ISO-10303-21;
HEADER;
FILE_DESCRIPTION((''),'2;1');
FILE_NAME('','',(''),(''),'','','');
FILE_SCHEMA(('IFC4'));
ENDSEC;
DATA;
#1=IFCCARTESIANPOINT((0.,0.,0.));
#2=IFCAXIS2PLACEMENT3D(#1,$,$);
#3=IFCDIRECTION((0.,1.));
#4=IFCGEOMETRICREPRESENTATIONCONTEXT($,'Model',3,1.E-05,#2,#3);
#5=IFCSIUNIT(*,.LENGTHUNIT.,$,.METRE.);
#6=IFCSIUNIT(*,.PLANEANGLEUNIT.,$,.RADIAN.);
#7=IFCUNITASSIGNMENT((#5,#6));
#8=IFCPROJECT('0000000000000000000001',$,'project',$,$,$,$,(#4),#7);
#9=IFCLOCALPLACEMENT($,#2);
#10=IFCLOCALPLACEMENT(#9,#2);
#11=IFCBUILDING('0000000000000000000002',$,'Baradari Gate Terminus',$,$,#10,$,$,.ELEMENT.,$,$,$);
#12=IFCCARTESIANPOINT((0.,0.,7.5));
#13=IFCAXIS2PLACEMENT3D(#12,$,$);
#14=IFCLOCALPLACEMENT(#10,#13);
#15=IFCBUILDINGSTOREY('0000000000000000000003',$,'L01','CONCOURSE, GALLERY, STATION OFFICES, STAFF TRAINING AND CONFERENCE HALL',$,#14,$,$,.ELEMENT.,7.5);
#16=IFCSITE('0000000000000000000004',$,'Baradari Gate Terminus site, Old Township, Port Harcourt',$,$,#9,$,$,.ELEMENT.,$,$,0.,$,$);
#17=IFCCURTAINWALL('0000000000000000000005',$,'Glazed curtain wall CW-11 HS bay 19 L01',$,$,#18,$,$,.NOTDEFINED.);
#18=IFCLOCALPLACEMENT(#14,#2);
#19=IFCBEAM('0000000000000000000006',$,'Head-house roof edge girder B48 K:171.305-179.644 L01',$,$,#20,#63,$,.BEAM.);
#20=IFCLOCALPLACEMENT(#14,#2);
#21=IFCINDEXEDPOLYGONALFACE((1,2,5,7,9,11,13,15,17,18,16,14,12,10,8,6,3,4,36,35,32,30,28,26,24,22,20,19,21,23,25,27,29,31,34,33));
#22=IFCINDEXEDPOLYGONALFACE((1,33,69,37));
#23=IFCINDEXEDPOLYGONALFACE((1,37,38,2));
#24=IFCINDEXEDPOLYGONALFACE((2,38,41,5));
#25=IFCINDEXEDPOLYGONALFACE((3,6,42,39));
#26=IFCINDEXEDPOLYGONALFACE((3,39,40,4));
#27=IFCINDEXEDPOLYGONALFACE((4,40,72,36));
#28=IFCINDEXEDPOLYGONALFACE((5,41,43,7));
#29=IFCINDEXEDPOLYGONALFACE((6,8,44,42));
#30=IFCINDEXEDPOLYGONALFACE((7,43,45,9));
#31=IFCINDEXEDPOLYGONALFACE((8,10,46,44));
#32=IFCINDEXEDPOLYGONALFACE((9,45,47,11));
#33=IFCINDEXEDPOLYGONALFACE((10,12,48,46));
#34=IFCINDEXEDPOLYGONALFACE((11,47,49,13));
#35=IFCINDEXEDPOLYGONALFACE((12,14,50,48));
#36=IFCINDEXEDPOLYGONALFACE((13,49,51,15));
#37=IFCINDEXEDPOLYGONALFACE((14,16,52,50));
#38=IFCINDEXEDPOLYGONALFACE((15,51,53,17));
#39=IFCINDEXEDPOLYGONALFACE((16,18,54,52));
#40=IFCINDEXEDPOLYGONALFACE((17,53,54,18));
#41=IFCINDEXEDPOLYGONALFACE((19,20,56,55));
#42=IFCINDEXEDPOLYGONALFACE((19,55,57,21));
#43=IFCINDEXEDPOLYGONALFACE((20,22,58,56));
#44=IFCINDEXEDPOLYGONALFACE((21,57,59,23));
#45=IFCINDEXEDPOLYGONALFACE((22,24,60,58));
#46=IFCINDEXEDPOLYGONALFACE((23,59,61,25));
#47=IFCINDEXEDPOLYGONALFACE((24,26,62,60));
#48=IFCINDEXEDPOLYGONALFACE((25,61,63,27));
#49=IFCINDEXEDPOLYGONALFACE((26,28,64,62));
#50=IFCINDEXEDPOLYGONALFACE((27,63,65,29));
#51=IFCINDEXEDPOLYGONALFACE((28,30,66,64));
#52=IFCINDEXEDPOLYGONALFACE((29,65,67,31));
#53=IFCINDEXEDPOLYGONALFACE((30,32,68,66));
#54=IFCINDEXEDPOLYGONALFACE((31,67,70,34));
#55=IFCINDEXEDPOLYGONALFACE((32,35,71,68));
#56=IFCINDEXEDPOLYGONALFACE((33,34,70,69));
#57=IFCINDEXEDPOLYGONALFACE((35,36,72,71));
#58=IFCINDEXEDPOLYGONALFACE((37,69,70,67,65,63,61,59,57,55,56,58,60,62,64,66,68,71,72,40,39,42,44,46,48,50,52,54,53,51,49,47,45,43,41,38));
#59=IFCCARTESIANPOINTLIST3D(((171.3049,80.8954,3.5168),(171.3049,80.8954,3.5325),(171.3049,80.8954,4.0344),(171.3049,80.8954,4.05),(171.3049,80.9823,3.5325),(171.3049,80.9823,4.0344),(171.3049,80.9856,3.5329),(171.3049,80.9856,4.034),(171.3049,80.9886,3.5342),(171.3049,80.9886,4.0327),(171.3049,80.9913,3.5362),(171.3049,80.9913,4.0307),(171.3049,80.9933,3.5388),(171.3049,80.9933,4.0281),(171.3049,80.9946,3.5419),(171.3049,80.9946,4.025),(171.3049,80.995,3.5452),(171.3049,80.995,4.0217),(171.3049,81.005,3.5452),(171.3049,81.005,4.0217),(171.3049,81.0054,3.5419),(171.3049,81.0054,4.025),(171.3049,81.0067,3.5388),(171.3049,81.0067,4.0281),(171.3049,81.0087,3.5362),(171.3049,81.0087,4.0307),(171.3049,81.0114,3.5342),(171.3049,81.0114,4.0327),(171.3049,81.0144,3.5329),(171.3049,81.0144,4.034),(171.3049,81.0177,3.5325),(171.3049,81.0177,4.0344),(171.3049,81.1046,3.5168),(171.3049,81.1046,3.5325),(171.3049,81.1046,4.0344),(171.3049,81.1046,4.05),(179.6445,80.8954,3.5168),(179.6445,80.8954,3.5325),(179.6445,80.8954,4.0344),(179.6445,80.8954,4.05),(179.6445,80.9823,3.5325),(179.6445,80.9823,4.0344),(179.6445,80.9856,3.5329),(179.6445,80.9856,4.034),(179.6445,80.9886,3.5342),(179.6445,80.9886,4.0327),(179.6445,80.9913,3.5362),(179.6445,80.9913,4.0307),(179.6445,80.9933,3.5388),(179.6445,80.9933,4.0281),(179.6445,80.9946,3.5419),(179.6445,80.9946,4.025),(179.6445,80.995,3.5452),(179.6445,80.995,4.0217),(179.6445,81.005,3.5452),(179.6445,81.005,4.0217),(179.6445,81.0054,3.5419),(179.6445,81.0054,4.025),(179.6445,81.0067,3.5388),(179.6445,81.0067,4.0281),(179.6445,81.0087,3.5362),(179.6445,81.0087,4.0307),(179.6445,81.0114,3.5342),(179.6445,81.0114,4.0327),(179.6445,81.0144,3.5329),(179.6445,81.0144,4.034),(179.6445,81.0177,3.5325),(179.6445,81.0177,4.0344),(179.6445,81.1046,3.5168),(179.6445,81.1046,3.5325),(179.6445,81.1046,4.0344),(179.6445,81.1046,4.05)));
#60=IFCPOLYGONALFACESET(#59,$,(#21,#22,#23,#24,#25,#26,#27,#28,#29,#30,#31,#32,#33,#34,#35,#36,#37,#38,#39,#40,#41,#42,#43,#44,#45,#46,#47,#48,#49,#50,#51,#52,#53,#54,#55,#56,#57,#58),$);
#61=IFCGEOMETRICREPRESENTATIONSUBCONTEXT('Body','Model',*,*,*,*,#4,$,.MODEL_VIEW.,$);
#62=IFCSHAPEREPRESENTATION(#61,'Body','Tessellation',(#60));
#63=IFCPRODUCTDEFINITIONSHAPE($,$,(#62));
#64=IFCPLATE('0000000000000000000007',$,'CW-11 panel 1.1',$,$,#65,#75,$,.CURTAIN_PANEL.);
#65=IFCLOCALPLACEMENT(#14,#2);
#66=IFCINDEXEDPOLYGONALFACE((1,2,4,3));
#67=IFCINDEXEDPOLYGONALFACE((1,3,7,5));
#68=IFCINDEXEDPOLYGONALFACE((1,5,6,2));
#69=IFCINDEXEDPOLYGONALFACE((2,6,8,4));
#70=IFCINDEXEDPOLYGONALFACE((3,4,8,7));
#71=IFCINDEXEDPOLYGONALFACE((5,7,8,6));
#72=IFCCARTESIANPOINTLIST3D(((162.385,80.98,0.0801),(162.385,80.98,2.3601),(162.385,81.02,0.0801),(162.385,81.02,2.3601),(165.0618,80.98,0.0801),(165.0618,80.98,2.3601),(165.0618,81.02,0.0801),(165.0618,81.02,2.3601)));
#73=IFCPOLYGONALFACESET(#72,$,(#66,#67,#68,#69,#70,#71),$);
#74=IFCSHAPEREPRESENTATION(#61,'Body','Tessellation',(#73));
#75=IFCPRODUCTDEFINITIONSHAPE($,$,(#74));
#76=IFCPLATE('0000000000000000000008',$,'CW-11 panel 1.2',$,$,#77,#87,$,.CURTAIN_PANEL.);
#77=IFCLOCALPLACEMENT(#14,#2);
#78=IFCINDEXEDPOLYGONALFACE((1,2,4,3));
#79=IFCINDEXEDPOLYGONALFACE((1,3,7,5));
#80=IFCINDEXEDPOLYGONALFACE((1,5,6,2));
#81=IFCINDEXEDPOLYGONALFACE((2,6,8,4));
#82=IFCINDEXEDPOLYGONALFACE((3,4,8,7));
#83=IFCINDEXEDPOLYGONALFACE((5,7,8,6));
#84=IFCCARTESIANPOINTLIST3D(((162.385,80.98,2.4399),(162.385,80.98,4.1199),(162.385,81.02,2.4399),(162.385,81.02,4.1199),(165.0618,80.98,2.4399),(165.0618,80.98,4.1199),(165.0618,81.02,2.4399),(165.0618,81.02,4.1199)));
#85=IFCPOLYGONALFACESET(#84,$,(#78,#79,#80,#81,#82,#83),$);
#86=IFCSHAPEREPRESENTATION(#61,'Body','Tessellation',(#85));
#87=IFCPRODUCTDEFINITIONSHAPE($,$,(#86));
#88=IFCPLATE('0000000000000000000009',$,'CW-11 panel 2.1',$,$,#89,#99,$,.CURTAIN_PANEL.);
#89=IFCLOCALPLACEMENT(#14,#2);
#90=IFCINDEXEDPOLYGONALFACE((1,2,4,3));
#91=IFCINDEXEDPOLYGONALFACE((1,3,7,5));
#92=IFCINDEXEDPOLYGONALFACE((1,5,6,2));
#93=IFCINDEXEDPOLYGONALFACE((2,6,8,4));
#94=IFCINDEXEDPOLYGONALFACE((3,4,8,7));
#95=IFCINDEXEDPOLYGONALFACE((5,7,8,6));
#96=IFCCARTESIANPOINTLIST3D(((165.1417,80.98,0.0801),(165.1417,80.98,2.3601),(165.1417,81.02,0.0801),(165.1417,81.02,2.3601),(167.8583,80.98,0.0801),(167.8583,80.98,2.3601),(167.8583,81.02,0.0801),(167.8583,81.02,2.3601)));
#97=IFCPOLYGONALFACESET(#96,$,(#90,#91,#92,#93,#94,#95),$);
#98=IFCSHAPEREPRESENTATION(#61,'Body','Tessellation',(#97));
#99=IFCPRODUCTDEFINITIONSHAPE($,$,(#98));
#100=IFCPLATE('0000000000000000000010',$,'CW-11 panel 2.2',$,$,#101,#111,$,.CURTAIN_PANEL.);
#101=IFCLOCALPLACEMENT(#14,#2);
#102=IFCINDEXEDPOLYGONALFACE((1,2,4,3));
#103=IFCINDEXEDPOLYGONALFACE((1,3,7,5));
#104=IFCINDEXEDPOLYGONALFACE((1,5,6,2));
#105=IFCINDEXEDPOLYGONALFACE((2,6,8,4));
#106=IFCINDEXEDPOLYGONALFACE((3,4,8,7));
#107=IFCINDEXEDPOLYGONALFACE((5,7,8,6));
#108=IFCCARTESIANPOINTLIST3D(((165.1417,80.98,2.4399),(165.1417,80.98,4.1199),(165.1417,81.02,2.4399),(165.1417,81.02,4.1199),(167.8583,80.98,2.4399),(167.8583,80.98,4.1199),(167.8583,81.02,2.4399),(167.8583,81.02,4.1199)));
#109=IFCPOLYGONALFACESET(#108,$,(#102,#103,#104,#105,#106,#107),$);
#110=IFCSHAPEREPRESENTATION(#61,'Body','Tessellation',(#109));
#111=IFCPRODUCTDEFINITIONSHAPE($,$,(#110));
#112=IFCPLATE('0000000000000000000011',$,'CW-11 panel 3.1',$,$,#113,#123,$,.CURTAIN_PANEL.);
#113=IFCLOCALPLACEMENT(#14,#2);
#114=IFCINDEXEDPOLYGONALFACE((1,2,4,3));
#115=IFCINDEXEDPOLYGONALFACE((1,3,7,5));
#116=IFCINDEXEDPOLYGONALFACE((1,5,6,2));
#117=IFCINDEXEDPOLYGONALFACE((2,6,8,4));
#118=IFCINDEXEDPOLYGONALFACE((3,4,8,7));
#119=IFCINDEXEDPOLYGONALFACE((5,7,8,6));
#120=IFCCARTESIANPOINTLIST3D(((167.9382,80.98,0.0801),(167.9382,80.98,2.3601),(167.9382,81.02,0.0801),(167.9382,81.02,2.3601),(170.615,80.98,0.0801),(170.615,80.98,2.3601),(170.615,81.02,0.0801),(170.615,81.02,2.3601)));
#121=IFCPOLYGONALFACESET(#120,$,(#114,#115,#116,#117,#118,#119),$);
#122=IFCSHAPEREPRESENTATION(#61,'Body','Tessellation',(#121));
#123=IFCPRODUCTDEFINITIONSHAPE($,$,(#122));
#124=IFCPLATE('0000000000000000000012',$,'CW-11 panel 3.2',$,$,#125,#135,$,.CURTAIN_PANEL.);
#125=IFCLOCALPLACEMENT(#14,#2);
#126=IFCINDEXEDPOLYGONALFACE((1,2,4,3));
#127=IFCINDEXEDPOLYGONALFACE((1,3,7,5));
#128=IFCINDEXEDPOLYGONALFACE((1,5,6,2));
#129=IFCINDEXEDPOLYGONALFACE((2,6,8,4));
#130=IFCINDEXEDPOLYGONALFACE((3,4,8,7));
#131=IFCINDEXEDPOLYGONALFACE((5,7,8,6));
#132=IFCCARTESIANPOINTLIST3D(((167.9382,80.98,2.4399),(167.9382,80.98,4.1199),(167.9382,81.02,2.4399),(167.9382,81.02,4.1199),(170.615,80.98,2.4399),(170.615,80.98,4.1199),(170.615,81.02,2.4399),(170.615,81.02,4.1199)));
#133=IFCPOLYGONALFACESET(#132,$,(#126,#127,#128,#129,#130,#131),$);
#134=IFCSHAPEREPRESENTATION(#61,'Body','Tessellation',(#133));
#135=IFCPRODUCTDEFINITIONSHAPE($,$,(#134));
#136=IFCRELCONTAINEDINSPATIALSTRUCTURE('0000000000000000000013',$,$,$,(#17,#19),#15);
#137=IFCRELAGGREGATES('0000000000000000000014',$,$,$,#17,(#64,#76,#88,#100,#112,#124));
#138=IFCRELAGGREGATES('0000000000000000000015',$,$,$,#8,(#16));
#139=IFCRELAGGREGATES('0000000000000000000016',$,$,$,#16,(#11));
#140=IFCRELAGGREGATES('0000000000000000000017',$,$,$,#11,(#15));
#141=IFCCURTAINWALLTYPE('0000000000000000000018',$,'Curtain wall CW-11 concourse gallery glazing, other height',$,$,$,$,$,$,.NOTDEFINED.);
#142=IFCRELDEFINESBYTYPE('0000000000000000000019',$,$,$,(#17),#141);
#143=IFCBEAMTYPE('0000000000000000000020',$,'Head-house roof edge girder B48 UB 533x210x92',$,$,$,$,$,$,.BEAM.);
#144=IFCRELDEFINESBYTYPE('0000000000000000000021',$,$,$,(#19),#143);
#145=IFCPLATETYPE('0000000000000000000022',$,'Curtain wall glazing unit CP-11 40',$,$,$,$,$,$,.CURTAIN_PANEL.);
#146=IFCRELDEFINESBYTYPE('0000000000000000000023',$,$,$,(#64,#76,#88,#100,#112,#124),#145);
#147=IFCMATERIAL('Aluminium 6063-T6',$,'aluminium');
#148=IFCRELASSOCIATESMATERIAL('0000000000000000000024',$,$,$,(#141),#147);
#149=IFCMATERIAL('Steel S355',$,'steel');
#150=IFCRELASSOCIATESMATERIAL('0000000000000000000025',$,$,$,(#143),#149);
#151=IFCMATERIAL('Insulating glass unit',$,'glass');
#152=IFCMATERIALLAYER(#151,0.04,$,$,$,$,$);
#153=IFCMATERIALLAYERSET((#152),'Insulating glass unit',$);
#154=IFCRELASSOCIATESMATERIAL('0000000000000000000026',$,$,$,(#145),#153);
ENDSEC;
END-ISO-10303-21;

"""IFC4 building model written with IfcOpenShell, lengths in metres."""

from ifc_helpers import new_model, si_unit, direction, frame, origin, origin_2d, place, context, subcontext, project, spatial, rectangle, i_section, extrude, material, layer, layer_set, material_profile, profile_set, type_object, element, aggregate, save


model = new_model("IFC4")

# Units and contexts
model_context = context("Model", 3, precision=1e-05, world=origin(), true_north=direction((0.0, 1.0)))
body_context = subcontext(model_context, "Body", "Model", "MODEL_VIEW")
ifc_project = project(units=[si_unit("LENGTHUNIT", "METRE"), si_unit("PLANEANGLEUNIT", "RADIAN")], contexts=[model_context])

# Site, building, storey
site_placement = place(None, origin())
site = spatial("IfcSite", under=ifc_project, at=site_placement, Name="Baradari Gate Terminus site, Old Township, Port Harcourt", CompositionType="ELEMENT", RefElevation=0.0)
building_placement = place(site_placement, origin())
building = spatial("IfcBuilding", under=site, at=building_placement, Name="Baradari Gate Terminus", CompositionType="ELEMENT")
storey_placement = place(building_placement, frame((0.0, 0.0, 7.5)))
storey = spatial("IfcBuildingStorey", under=building, at=storey_placement, Name="L01", Description="CONCOURSE, GALLERY, STATION OFFICES, STAFF TRAINING AND CONFERENCE HALL", CompositionType="ELEMENT", Elevation=7.5)

# Curtain wall
ifc_material_1 = material(Name="Aluminium 6063-T6", Category="aluminium")
curtain_wall_type = type_object("IfcCurtainWallType", Name="Curtain wall CW-11 concourse gallery glazing, other height", PredefinedType="NOTDEFINED", material=ifc_material_1)
curtain_wall_placement = place(storey_placement, origin())
curtain_wall = element("IfcCurtainWall", 1, at=curtain_wall_placement, inside=storey, type_object=curtain_wall_type, Name="Glazed curtain wall CW-11 HS bay 19 L01", PredefinedType="NOTDEFINED")

# Beam
ifc_material_2 = material(Name="Steel S355", Category="steel")
ifc_material_profile_1 = material_profile(ifc_material_2, i_section(OverallWidth=0.2092, OverallDepth=0.5332, WebThickness=0.01, FlangeThickness=0.0156, FilletRadius=0.0127, at=origin_2d()), Name="UB 533x210x92")
ifc_profile_set_1 = profile_set([ifc_material_profile_1], Name="Steel S355")
beam_type_1 = type_object("IfcBeamType", Name="Head-house roof edge girder B48 UB 533x210x92", PredefinedType="BEAM", material=ifc_profile_set_1)
beam_1_placement = place(storey_placement, frame((171.3049, 81.0, 3.7834), z_axis=(1.0, 0.0, 0.0), x_axis=(0.0, 1.0, 0.0)))
element("IfcBeam", 2, at=beam_1_placement, inside=storey, type_object=beam_type_1, Name="Head-house roof edge girder B48 K:171.305-179.644 L01", PredefinedType="BEAM", context=body_context, shape_type="SweptSolid", body=[
    extrude(i_section(OverallWidth=0.2092, OverallDepth=0.5332, WebThickness=0.01, FlangeThickness=0.0156, FilletRadius=0.0127, at=origin_2d()), origin(), (0.0, 0.0, 1.0), 8.3396),
])

# Plates
ifc_material_3 = material(Name="Insulating glass unit", Category="glass")
ifc_layer = layer(ifc_material_3, 0.04)
ifc_layer_set = layer_set([ifc_layer], Name="Insulating glass unit")
plate_type = type_object("IfcPlateType", Name="Curtain wall glazing unit CP-11 40", PredefinedType="CURTAIN_PANEL", material=ifc_layer_set)
plate_1_placement = place(storey_placement, frame((163.7234, 81.0, 0.0801), z_axis=(0.0, 0.0, 1.0), x_axis=(1.0, 0.0, 0.0)))
plate_1 = element("IfcPlate", 3, at=plate_1_placement, type_object=plate_type, Name="CW-11 panel 1.1", PredefinedType="CURTAIN_PANEL", context=body_context, shape_type="SweptSolid", body=[
    extrude(rectangle(XDim=2.6768, YDim=0.04, at=origin_2d()), origin(), (0.0, 0.0, 1.0), 2.28),
])
plate_2_placement = place(storey_placement, frame((163.7234, 81.0, 2.4399), z_axis=(0.0, 0.0, 1.0), x_axis=(1.0, 0.0, 0.0)))
plate_2 = element("IfcPlate", 4, at=plate_2_placement, type_object=plate_type, Name="CW-11 panel 1.2", PredefinedType="CURTAIN_PANEL", context=body_context, shape_type="SweptSolid", body=[
    extrude(rectangle(XDim=2.6768, YDim=0.04, at=origin_2d()), origin(), (0.0, 0.0, 1.0), 1.6799),
])
plate_3_placement = place(storey_placement, frame((166.5, 81.0, 0.0801), z_axis=(0.0, 0.0, 1.0), x_axis=(1.0, 0.0, 0.0)))
plate_3 = element("IfcPlate", 5, at=plate_3_placement, type_object=plate_type, Name="CW-11 panel 2.1", PredefinedType="CURTAIN_PANEL", context=body_context, shape_type="SweptSolid", body=[
    extrude(rectangle(XDim=2.7166, YDim=0.04, at=origin_2d()), origin(), (0.0, 0.0, 1.0), 2.28),
])
plate_4_placement = place(storey_placement, frame((166.5, 81.0, 2.4399), z_axis=(0.0, 0.0, 1.0), x_axis=(1.0, 0.0, 0.0)))
plate_4 = element("IfcPlate", 6, at=plate_4_placement, type_object=plate_type, Name="CW-11 panel 2.2", PredefinedType="CURTAIN_PANEL", context=body_context, shape_type="SweptSolid", body=[
    extrude(rectangle(XDim=2.7166, YDim=0.04, at=origin_2d()), origin(), (0.0, 0.0, 1.0), 1.6799),
])
plate_5_placement = place(storey_placement, frame((169.2766, 81.0, 0.0801), z_axis=(0.0, 0.0, 1.0), x_axis=(1.0, 0.0, 0.0)))
plate_5 = element("IfcPlate", 7, at=plate_5_placement, type_object=plate_type, Name="CW-11 panel 3.1", PredefinedType="CURTAIN_PANEL", context=body_context, shape_type="SweptSolid", body=[
    extrude(rectangle(XDim=2.6768, YDim=0.04, at=origin_2d()), origin(), (0.0, 0.0, 1.0), 2.28),
])
plate_6_placement = place(storey_placement, frame((169.2766, 81.0, 2.4399), z_axis=(0.0, 0.0, 1.0), x_axis=(1.0, 0.0, 0.0)))
plate_6 = element("IfcPlate", 8, at=plate_6_placement, type_object=plate_type, Name="CW-11 panel 3.2", PredefinedType="CURTAIN_PANEL", context=body_context, shape_type="SweptSolid", body=[
    extrude(rectangle(XDim=2.6768, YDim=0.04, at=origin_2d()), origin(), (0.0, 0.0, 1.0), 1.6799),
])
aggregate(curtain_wall, [plate_1, plate_2, plate_3, plate_4, plate_5, plate_6])

save(model, "model.ifc")
